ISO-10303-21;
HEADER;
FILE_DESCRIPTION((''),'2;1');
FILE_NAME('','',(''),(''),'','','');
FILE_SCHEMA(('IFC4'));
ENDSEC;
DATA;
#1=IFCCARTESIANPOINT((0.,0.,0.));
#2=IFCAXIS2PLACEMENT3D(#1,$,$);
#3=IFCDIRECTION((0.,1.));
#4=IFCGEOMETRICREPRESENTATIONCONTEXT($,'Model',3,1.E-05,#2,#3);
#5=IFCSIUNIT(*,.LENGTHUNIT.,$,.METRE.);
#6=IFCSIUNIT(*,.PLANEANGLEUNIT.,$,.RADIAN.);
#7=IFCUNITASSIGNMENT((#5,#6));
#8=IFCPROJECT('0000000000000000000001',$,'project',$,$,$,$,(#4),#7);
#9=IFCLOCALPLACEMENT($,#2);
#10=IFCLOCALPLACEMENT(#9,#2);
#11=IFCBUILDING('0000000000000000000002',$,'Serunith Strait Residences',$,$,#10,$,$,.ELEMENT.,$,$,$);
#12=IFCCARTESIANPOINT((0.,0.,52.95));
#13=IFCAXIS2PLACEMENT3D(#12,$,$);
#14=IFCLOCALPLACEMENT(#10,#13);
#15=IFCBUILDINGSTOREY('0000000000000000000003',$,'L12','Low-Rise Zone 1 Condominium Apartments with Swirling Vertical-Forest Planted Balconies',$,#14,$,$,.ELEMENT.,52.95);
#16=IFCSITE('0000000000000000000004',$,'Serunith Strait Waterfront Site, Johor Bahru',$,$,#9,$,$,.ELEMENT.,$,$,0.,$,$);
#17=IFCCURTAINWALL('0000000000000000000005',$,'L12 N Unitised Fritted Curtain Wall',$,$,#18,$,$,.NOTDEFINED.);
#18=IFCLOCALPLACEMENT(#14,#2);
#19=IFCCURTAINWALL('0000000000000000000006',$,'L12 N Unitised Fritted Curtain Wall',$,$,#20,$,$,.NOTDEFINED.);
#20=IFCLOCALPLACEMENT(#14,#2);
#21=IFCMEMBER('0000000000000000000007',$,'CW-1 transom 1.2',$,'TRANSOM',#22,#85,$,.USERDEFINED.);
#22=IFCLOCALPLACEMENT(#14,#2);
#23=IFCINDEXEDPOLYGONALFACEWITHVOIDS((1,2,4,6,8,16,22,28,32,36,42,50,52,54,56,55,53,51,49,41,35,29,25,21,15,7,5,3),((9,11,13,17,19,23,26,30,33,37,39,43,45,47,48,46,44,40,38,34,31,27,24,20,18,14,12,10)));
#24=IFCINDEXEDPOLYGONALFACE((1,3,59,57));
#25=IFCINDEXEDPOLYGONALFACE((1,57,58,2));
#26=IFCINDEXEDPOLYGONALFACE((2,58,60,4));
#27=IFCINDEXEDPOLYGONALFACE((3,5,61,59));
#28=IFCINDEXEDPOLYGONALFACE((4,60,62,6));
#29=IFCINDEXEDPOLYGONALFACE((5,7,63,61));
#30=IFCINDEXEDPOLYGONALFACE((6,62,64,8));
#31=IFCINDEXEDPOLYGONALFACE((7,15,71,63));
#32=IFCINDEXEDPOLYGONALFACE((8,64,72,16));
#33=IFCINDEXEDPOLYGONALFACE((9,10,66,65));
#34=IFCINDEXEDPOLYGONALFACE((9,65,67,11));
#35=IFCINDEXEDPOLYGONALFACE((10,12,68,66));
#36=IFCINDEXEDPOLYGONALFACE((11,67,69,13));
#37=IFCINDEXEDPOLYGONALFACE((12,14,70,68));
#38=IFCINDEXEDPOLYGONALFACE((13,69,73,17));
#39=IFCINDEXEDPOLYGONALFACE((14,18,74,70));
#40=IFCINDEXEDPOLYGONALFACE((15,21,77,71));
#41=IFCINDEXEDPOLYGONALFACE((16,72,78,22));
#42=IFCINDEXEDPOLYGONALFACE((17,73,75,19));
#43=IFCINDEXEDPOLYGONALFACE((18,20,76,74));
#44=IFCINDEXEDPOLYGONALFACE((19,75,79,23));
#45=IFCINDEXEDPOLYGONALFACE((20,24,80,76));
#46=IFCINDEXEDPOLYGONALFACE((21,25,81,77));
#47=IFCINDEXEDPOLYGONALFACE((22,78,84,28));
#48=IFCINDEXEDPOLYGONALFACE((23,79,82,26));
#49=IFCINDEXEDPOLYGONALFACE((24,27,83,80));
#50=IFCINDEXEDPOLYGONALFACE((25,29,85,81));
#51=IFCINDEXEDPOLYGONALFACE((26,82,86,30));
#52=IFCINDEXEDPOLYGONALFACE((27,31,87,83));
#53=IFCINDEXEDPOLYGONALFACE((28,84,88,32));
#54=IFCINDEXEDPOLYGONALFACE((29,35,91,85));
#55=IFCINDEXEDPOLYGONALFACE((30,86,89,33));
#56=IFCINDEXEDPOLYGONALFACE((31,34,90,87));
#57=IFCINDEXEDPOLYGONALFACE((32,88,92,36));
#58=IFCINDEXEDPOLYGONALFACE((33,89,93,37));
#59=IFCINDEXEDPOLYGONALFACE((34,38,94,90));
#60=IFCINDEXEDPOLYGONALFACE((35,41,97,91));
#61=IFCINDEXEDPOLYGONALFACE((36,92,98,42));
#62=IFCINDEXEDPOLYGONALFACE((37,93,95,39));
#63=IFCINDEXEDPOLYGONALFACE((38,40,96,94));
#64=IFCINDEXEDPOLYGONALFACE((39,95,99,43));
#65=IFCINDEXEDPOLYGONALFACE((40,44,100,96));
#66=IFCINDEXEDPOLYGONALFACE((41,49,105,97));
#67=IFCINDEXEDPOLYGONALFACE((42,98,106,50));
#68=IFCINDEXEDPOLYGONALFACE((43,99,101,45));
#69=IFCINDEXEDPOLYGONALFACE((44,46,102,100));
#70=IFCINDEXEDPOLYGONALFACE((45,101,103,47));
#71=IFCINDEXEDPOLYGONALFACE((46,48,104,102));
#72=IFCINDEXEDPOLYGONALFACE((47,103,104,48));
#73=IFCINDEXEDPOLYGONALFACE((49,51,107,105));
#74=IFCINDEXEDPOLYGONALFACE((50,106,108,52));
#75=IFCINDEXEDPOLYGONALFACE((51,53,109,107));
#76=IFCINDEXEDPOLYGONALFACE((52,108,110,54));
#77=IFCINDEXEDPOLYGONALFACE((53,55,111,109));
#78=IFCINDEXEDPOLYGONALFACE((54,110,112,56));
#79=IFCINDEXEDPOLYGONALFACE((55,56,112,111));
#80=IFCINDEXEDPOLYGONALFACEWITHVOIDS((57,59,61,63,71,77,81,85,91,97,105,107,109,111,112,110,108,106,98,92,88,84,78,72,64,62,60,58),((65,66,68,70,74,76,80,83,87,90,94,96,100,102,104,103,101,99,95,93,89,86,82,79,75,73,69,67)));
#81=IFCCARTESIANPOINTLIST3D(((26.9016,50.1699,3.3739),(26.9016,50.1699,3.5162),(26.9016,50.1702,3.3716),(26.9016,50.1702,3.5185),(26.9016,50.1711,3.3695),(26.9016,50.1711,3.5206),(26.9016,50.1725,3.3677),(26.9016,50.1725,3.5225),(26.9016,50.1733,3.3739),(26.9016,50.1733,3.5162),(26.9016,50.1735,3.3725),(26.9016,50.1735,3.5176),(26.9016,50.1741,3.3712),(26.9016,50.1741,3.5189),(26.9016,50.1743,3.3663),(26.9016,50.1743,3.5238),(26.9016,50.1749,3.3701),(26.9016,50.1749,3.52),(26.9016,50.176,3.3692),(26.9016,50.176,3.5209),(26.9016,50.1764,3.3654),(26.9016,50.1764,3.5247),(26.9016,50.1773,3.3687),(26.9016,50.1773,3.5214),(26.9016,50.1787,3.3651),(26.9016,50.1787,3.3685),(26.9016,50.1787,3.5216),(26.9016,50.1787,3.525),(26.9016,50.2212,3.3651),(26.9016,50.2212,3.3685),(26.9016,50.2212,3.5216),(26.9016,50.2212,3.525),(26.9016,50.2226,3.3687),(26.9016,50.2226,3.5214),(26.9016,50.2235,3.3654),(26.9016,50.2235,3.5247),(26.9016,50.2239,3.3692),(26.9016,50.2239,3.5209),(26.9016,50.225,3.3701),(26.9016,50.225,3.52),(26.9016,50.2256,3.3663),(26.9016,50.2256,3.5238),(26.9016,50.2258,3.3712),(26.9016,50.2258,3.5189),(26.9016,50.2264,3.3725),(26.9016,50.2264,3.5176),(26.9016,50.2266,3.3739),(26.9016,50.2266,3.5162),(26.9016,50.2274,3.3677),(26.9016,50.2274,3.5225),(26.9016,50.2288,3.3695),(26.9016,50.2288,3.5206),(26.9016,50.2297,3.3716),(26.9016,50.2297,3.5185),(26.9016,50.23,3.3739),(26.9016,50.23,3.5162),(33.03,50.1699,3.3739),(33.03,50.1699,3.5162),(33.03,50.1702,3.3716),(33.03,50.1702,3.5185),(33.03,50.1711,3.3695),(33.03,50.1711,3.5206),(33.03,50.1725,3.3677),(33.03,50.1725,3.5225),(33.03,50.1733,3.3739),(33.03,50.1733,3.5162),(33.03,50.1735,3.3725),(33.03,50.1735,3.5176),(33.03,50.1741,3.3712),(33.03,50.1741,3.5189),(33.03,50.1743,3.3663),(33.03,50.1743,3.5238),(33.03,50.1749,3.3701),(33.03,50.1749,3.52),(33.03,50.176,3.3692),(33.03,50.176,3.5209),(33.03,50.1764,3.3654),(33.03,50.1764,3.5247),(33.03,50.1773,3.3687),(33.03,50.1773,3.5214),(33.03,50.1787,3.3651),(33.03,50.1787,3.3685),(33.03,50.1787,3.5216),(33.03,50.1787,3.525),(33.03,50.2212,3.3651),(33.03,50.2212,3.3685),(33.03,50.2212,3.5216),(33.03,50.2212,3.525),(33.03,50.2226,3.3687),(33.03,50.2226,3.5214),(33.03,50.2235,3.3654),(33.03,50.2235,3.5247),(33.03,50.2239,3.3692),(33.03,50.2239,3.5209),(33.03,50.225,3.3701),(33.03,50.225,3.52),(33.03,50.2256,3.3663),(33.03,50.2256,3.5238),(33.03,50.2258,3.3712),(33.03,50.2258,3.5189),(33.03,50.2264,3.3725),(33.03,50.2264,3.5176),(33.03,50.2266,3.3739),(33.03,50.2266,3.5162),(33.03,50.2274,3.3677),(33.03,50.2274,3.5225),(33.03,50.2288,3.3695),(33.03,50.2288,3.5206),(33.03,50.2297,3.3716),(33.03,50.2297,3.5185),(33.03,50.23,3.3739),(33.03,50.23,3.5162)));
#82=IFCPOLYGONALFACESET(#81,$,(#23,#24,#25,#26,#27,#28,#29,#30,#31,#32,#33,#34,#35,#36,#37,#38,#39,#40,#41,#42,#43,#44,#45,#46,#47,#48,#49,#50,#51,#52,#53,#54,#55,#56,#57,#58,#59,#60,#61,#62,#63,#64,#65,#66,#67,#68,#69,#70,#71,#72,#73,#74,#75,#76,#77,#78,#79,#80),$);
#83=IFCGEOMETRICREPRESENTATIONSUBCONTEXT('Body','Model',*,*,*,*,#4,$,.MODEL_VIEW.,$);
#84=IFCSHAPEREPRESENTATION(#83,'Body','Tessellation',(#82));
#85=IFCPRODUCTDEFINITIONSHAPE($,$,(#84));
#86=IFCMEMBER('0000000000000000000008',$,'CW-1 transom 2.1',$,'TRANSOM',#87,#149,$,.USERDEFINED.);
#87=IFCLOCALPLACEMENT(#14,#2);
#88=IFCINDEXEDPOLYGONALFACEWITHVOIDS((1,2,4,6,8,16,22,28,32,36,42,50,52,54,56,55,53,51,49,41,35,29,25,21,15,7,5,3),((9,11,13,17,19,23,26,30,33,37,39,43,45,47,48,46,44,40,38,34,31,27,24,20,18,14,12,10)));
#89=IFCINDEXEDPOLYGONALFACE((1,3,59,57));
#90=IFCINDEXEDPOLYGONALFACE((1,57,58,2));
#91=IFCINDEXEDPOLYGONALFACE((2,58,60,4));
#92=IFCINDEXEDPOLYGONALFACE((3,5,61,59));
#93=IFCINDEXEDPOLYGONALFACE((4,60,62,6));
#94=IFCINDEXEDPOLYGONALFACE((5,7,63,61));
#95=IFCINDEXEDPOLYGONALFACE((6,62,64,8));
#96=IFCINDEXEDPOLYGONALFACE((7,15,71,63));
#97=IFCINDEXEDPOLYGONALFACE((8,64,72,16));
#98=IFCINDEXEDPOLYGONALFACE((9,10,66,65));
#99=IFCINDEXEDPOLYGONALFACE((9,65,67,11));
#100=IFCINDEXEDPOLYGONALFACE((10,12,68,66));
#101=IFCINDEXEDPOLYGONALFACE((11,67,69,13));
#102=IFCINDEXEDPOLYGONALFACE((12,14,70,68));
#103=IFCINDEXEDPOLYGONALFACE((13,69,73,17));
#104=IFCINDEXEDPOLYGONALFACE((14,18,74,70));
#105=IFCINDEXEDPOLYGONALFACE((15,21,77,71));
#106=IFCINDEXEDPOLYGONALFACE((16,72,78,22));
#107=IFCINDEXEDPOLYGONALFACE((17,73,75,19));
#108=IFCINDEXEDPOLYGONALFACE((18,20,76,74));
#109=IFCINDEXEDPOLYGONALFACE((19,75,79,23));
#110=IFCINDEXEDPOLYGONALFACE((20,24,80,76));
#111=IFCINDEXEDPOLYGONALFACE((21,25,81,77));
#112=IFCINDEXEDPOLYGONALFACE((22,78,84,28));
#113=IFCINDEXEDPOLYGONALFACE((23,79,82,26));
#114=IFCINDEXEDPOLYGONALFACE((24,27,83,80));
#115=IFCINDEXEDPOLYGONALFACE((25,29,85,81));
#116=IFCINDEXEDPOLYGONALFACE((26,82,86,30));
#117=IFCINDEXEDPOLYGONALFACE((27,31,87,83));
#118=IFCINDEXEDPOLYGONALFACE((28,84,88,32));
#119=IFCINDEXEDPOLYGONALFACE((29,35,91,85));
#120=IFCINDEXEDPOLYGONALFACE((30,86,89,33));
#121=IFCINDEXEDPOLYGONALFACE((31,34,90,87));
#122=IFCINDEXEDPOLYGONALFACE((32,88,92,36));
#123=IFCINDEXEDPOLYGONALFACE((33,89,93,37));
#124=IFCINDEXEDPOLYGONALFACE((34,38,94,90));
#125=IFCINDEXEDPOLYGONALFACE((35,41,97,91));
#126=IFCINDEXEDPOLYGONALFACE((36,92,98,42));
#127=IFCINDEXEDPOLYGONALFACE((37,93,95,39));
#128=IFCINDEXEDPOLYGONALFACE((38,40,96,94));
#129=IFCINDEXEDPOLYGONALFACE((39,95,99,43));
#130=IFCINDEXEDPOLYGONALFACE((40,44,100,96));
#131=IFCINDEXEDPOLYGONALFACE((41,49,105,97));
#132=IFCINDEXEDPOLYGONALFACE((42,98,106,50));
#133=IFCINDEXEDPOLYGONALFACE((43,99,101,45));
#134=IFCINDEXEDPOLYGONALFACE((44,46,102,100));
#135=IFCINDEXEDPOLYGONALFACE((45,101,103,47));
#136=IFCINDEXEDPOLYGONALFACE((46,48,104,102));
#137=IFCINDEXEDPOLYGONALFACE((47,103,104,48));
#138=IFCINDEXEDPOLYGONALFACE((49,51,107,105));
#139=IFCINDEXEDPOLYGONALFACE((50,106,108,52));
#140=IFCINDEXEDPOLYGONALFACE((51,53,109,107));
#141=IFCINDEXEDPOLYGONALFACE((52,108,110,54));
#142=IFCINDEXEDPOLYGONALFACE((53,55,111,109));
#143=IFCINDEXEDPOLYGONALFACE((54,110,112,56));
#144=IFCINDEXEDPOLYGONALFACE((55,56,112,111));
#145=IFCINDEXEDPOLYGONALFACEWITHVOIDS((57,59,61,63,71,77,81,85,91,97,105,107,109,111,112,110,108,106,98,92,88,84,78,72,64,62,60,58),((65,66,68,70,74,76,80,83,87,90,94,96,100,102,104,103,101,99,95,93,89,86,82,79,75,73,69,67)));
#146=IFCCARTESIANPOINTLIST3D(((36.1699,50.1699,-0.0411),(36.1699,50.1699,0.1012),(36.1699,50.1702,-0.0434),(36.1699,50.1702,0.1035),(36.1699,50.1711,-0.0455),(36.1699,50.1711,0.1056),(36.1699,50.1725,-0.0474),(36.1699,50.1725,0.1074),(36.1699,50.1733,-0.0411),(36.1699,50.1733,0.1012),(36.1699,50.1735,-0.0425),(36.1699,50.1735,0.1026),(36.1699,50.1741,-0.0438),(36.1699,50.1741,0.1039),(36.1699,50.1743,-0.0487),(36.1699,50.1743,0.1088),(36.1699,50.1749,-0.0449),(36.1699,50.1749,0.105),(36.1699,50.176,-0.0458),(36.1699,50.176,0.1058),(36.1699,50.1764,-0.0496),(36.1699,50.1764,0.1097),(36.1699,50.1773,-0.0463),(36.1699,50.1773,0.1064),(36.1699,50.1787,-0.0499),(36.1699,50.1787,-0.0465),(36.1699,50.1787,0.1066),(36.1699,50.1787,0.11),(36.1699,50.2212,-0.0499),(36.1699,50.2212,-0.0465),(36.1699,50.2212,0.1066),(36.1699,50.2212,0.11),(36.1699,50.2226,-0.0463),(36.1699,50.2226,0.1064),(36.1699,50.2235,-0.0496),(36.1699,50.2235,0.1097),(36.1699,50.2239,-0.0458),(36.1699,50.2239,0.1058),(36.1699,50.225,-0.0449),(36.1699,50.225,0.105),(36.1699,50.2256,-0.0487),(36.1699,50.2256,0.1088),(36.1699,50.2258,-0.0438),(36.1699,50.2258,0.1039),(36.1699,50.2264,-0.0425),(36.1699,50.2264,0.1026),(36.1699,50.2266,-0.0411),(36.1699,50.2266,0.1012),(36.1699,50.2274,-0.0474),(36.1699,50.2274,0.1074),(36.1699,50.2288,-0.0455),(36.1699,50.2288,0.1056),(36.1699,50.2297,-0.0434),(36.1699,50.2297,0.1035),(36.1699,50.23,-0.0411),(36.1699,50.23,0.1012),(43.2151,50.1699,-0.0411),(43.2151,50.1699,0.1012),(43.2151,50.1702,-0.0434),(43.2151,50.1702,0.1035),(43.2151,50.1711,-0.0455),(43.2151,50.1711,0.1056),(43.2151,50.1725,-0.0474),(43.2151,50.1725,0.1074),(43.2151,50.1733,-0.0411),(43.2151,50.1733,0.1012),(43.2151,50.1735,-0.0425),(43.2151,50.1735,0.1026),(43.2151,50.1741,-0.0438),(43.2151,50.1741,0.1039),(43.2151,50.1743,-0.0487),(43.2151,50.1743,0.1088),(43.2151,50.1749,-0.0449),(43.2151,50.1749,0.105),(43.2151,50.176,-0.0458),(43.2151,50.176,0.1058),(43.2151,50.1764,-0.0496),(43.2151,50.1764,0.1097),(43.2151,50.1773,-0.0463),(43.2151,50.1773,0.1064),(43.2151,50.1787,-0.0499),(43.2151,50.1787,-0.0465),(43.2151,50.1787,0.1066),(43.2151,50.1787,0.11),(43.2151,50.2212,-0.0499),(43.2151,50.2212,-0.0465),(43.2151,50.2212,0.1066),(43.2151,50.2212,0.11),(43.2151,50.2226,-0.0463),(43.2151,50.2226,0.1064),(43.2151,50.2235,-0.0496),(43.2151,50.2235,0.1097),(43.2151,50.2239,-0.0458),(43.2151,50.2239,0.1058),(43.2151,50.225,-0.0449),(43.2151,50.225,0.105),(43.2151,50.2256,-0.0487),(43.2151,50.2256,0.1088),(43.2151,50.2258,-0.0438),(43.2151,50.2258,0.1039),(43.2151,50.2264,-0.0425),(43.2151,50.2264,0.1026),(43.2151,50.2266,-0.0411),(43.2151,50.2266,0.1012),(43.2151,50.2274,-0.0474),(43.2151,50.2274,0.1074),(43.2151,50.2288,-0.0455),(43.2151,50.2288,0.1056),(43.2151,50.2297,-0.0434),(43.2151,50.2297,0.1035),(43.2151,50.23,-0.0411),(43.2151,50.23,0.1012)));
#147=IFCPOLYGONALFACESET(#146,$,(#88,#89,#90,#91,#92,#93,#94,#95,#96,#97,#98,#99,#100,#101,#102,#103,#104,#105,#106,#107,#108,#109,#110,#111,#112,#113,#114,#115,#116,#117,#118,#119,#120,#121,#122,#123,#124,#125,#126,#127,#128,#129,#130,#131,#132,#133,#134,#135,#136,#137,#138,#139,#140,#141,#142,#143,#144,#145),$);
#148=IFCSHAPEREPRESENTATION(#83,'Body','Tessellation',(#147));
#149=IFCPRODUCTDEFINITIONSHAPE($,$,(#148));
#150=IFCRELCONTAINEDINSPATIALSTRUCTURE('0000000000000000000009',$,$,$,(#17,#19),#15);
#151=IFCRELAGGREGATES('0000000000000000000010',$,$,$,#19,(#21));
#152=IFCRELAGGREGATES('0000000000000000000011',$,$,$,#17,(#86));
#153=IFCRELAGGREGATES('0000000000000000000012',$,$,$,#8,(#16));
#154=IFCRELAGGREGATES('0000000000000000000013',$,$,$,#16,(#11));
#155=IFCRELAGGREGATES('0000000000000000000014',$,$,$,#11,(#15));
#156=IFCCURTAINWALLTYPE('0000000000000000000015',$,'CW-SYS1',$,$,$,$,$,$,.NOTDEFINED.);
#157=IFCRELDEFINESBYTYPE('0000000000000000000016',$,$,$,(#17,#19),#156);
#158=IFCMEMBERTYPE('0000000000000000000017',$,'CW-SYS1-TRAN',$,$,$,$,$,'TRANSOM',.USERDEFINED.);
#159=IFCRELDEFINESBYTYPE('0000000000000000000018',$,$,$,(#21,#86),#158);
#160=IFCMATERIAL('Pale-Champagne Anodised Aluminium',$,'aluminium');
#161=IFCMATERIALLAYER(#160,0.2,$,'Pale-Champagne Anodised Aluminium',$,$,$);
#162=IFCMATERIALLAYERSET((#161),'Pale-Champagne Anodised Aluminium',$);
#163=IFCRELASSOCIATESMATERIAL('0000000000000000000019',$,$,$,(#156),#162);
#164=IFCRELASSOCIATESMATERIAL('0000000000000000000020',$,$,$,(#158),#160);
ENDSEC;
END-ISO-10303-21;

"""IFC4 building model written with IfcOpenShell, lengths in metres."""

from ifc_helpers import new_model, si_unit, direction, frame, origin, origin_2d, place, context, subcontext, project, spatial, hollow_rectangle, extrude, source, transform, mapped, material, layer, layer_set, material_profile, profile_set, type_object, element, aggregate, save


model = new_model("IFC4")

# Units and contexts
model_context = context("Model", 3, precision=1e-05, world=origin(), true_north=direction((0.0, 1.0)))
body_context = subcontext(model_context, "Body", "Model", "MODEL_VIEW")
ifc_project = project(units=[si_unit("LENGTHUNIT", "METRE"), si_unit("PLANEANGLEUNIT", "RADIAN")], contexts=[model_context])

# Site, building, storey
site_placement = place(None, origin())
site = spatial("IfcSite", under=ifc_project, at=site_placement, Name="Serunith Strait Waterfront Site, Johor Bahru", CompositionType="ELEMENT", RefElevation=0.0)
building_placement = place(site_placement, origin())
building = spatial("IfcBuilding", under=site, at=building_placement, Name="Serunith Strait Residences", CompositionType="ELEMENT")
storey_placement = place(building_placement, frame((0.0, 0.0, 52.95)))
storey = spatial("IfcBuildingStorey", under=building, at=storey_placement, Name="L12", Description="Low-Rise Zone 1 Condominium Apartments with Swirling Vertical-Forest Planted Balconies", CompositionType="ELEMENT", Elevation=52.95)

# Curtain walls, member
ifc_material_1 = material(Name="Pale-Champagne Anodised Aluminium", Category="aluminium")
ifc_layer_1 = layer(ifc_material_1, 0.2, Name="Pale-Champagne Anodised Aluminium")
ifc_layer_set_1 = layer_set([ifc_layer_1], Name="Pale-Champagne Anodised Aluminium")
curtain_wall_type = type_object("IfcCurtainWallType", Name="CW-SYS1", PredefinedType="NOTDEFINED", material=ifc_layer_set_1)
curtain_wall_1_placement = place(storey_placement, origin())
curtain_wall_1 = element("IfcCurtainWall", 1, at=curtain_wall_1_placement, inside=storey, type_object=curtain_wall_type, Name="L12 N Unitised Fritted Curtain Wall", PredefinedType="NOTDEFINED")
curtain_wall_2_placement = place(storey_placement, origin())
curtain_wall_2 = element("IfcCurtainWall", 2, at=curtain_wall_2_placement, inside=storey, type_object=curtain_wall_type, Name="L12 N Unitised Fritted Curtain Wall", PredefinedType="NOTDEFINED")
ifc_material_profile_1 = material_profile(ifc_material_1, hollow_rectangle(XDim=0.0601, YDim=0.1599, WallThickness=0.0034, InnerFilletRadius=0.0054, OuterFilletRadius=0.0088, at=origin_2d()), Name="ALU 160x60x3.5")
ifc_profile_set_1 = profile_set([ifc_material_profile_1], Name="Pale-Champagne Anodised Aluminium")
member_type_1 = type_object("IfcMemberType", Name="CW-SYS1-TRAN", ElementType="TRANSOM", PredefinedType="USERDEFINED", material=ifc_profile_set_1)
shared_shape_1 = source(origin(), body_context, "Body", "SweptSolid", [
    extrude(hollow_rectangle(XDim=0.0601, YDim=0.1599, WallThickness=0.0034, InnerFilletRadius=0.0054, OuterFilletRadius=0.0088, at=origin_2d()), origin(), (0.0, 0.0, 1.0), 6.1284),
])
member_1_placement = place(storey_placement, frame((33.03, 50.2, 3.4451), z_axis=(-1.0, 0.0, 0.0), x_axis=(0.0, -1.0, 0.0)))
member_1 = element("IfcMember", 3, at=member_1_placement, type_object=member_type_1, Name="CW-1 transom 1.2", ObjectType="TRANSOM", PredefinedType="USERDEFINED", context=body_context, shape_type="MappedRepresentation", body=[
    mapped(shared_shape_1, transform((0.0, 0.0, 0.0), scale=1.0)),
])
aggregate(curtain_wall_2, [member_1])

# Member
shared_shape_2 = source(origin(), body_context, "Body", "SweptSolid", [
    extrude(hollow_rectangle(XDim=0.0601, YDim=0.1599, WallThickness=0.0034, InnerFilletRadius=0.0054, OuterFilletRadius=0.0088, at=origin_2d()), origin(), (0.0, 0.0, 1.0), 7.0452),
])
member_2_placement = place(storey_placement, frame((43.2151, 50.2, 0.03), z_axis=(-1.0, 0.0, 0.0), x_axis=(0.0, -1.0, 0.0)))
member_2 = element("IfcMember", 4, at=member_2_placement, type_object=member_type_1, Name="CW-1 transom 2.1", ObjectType="TRANSOM", PredefinedType="USERDEFINED", context=body_context, shape_type="MappedRepresentation", body=[
    mapped(shared_shape_2, transform((0.0, 0.0, 0.0), scale=1.0)),
])

aggregate(curtain_wall_1, [member_2])

save(model, "model.ifc")
